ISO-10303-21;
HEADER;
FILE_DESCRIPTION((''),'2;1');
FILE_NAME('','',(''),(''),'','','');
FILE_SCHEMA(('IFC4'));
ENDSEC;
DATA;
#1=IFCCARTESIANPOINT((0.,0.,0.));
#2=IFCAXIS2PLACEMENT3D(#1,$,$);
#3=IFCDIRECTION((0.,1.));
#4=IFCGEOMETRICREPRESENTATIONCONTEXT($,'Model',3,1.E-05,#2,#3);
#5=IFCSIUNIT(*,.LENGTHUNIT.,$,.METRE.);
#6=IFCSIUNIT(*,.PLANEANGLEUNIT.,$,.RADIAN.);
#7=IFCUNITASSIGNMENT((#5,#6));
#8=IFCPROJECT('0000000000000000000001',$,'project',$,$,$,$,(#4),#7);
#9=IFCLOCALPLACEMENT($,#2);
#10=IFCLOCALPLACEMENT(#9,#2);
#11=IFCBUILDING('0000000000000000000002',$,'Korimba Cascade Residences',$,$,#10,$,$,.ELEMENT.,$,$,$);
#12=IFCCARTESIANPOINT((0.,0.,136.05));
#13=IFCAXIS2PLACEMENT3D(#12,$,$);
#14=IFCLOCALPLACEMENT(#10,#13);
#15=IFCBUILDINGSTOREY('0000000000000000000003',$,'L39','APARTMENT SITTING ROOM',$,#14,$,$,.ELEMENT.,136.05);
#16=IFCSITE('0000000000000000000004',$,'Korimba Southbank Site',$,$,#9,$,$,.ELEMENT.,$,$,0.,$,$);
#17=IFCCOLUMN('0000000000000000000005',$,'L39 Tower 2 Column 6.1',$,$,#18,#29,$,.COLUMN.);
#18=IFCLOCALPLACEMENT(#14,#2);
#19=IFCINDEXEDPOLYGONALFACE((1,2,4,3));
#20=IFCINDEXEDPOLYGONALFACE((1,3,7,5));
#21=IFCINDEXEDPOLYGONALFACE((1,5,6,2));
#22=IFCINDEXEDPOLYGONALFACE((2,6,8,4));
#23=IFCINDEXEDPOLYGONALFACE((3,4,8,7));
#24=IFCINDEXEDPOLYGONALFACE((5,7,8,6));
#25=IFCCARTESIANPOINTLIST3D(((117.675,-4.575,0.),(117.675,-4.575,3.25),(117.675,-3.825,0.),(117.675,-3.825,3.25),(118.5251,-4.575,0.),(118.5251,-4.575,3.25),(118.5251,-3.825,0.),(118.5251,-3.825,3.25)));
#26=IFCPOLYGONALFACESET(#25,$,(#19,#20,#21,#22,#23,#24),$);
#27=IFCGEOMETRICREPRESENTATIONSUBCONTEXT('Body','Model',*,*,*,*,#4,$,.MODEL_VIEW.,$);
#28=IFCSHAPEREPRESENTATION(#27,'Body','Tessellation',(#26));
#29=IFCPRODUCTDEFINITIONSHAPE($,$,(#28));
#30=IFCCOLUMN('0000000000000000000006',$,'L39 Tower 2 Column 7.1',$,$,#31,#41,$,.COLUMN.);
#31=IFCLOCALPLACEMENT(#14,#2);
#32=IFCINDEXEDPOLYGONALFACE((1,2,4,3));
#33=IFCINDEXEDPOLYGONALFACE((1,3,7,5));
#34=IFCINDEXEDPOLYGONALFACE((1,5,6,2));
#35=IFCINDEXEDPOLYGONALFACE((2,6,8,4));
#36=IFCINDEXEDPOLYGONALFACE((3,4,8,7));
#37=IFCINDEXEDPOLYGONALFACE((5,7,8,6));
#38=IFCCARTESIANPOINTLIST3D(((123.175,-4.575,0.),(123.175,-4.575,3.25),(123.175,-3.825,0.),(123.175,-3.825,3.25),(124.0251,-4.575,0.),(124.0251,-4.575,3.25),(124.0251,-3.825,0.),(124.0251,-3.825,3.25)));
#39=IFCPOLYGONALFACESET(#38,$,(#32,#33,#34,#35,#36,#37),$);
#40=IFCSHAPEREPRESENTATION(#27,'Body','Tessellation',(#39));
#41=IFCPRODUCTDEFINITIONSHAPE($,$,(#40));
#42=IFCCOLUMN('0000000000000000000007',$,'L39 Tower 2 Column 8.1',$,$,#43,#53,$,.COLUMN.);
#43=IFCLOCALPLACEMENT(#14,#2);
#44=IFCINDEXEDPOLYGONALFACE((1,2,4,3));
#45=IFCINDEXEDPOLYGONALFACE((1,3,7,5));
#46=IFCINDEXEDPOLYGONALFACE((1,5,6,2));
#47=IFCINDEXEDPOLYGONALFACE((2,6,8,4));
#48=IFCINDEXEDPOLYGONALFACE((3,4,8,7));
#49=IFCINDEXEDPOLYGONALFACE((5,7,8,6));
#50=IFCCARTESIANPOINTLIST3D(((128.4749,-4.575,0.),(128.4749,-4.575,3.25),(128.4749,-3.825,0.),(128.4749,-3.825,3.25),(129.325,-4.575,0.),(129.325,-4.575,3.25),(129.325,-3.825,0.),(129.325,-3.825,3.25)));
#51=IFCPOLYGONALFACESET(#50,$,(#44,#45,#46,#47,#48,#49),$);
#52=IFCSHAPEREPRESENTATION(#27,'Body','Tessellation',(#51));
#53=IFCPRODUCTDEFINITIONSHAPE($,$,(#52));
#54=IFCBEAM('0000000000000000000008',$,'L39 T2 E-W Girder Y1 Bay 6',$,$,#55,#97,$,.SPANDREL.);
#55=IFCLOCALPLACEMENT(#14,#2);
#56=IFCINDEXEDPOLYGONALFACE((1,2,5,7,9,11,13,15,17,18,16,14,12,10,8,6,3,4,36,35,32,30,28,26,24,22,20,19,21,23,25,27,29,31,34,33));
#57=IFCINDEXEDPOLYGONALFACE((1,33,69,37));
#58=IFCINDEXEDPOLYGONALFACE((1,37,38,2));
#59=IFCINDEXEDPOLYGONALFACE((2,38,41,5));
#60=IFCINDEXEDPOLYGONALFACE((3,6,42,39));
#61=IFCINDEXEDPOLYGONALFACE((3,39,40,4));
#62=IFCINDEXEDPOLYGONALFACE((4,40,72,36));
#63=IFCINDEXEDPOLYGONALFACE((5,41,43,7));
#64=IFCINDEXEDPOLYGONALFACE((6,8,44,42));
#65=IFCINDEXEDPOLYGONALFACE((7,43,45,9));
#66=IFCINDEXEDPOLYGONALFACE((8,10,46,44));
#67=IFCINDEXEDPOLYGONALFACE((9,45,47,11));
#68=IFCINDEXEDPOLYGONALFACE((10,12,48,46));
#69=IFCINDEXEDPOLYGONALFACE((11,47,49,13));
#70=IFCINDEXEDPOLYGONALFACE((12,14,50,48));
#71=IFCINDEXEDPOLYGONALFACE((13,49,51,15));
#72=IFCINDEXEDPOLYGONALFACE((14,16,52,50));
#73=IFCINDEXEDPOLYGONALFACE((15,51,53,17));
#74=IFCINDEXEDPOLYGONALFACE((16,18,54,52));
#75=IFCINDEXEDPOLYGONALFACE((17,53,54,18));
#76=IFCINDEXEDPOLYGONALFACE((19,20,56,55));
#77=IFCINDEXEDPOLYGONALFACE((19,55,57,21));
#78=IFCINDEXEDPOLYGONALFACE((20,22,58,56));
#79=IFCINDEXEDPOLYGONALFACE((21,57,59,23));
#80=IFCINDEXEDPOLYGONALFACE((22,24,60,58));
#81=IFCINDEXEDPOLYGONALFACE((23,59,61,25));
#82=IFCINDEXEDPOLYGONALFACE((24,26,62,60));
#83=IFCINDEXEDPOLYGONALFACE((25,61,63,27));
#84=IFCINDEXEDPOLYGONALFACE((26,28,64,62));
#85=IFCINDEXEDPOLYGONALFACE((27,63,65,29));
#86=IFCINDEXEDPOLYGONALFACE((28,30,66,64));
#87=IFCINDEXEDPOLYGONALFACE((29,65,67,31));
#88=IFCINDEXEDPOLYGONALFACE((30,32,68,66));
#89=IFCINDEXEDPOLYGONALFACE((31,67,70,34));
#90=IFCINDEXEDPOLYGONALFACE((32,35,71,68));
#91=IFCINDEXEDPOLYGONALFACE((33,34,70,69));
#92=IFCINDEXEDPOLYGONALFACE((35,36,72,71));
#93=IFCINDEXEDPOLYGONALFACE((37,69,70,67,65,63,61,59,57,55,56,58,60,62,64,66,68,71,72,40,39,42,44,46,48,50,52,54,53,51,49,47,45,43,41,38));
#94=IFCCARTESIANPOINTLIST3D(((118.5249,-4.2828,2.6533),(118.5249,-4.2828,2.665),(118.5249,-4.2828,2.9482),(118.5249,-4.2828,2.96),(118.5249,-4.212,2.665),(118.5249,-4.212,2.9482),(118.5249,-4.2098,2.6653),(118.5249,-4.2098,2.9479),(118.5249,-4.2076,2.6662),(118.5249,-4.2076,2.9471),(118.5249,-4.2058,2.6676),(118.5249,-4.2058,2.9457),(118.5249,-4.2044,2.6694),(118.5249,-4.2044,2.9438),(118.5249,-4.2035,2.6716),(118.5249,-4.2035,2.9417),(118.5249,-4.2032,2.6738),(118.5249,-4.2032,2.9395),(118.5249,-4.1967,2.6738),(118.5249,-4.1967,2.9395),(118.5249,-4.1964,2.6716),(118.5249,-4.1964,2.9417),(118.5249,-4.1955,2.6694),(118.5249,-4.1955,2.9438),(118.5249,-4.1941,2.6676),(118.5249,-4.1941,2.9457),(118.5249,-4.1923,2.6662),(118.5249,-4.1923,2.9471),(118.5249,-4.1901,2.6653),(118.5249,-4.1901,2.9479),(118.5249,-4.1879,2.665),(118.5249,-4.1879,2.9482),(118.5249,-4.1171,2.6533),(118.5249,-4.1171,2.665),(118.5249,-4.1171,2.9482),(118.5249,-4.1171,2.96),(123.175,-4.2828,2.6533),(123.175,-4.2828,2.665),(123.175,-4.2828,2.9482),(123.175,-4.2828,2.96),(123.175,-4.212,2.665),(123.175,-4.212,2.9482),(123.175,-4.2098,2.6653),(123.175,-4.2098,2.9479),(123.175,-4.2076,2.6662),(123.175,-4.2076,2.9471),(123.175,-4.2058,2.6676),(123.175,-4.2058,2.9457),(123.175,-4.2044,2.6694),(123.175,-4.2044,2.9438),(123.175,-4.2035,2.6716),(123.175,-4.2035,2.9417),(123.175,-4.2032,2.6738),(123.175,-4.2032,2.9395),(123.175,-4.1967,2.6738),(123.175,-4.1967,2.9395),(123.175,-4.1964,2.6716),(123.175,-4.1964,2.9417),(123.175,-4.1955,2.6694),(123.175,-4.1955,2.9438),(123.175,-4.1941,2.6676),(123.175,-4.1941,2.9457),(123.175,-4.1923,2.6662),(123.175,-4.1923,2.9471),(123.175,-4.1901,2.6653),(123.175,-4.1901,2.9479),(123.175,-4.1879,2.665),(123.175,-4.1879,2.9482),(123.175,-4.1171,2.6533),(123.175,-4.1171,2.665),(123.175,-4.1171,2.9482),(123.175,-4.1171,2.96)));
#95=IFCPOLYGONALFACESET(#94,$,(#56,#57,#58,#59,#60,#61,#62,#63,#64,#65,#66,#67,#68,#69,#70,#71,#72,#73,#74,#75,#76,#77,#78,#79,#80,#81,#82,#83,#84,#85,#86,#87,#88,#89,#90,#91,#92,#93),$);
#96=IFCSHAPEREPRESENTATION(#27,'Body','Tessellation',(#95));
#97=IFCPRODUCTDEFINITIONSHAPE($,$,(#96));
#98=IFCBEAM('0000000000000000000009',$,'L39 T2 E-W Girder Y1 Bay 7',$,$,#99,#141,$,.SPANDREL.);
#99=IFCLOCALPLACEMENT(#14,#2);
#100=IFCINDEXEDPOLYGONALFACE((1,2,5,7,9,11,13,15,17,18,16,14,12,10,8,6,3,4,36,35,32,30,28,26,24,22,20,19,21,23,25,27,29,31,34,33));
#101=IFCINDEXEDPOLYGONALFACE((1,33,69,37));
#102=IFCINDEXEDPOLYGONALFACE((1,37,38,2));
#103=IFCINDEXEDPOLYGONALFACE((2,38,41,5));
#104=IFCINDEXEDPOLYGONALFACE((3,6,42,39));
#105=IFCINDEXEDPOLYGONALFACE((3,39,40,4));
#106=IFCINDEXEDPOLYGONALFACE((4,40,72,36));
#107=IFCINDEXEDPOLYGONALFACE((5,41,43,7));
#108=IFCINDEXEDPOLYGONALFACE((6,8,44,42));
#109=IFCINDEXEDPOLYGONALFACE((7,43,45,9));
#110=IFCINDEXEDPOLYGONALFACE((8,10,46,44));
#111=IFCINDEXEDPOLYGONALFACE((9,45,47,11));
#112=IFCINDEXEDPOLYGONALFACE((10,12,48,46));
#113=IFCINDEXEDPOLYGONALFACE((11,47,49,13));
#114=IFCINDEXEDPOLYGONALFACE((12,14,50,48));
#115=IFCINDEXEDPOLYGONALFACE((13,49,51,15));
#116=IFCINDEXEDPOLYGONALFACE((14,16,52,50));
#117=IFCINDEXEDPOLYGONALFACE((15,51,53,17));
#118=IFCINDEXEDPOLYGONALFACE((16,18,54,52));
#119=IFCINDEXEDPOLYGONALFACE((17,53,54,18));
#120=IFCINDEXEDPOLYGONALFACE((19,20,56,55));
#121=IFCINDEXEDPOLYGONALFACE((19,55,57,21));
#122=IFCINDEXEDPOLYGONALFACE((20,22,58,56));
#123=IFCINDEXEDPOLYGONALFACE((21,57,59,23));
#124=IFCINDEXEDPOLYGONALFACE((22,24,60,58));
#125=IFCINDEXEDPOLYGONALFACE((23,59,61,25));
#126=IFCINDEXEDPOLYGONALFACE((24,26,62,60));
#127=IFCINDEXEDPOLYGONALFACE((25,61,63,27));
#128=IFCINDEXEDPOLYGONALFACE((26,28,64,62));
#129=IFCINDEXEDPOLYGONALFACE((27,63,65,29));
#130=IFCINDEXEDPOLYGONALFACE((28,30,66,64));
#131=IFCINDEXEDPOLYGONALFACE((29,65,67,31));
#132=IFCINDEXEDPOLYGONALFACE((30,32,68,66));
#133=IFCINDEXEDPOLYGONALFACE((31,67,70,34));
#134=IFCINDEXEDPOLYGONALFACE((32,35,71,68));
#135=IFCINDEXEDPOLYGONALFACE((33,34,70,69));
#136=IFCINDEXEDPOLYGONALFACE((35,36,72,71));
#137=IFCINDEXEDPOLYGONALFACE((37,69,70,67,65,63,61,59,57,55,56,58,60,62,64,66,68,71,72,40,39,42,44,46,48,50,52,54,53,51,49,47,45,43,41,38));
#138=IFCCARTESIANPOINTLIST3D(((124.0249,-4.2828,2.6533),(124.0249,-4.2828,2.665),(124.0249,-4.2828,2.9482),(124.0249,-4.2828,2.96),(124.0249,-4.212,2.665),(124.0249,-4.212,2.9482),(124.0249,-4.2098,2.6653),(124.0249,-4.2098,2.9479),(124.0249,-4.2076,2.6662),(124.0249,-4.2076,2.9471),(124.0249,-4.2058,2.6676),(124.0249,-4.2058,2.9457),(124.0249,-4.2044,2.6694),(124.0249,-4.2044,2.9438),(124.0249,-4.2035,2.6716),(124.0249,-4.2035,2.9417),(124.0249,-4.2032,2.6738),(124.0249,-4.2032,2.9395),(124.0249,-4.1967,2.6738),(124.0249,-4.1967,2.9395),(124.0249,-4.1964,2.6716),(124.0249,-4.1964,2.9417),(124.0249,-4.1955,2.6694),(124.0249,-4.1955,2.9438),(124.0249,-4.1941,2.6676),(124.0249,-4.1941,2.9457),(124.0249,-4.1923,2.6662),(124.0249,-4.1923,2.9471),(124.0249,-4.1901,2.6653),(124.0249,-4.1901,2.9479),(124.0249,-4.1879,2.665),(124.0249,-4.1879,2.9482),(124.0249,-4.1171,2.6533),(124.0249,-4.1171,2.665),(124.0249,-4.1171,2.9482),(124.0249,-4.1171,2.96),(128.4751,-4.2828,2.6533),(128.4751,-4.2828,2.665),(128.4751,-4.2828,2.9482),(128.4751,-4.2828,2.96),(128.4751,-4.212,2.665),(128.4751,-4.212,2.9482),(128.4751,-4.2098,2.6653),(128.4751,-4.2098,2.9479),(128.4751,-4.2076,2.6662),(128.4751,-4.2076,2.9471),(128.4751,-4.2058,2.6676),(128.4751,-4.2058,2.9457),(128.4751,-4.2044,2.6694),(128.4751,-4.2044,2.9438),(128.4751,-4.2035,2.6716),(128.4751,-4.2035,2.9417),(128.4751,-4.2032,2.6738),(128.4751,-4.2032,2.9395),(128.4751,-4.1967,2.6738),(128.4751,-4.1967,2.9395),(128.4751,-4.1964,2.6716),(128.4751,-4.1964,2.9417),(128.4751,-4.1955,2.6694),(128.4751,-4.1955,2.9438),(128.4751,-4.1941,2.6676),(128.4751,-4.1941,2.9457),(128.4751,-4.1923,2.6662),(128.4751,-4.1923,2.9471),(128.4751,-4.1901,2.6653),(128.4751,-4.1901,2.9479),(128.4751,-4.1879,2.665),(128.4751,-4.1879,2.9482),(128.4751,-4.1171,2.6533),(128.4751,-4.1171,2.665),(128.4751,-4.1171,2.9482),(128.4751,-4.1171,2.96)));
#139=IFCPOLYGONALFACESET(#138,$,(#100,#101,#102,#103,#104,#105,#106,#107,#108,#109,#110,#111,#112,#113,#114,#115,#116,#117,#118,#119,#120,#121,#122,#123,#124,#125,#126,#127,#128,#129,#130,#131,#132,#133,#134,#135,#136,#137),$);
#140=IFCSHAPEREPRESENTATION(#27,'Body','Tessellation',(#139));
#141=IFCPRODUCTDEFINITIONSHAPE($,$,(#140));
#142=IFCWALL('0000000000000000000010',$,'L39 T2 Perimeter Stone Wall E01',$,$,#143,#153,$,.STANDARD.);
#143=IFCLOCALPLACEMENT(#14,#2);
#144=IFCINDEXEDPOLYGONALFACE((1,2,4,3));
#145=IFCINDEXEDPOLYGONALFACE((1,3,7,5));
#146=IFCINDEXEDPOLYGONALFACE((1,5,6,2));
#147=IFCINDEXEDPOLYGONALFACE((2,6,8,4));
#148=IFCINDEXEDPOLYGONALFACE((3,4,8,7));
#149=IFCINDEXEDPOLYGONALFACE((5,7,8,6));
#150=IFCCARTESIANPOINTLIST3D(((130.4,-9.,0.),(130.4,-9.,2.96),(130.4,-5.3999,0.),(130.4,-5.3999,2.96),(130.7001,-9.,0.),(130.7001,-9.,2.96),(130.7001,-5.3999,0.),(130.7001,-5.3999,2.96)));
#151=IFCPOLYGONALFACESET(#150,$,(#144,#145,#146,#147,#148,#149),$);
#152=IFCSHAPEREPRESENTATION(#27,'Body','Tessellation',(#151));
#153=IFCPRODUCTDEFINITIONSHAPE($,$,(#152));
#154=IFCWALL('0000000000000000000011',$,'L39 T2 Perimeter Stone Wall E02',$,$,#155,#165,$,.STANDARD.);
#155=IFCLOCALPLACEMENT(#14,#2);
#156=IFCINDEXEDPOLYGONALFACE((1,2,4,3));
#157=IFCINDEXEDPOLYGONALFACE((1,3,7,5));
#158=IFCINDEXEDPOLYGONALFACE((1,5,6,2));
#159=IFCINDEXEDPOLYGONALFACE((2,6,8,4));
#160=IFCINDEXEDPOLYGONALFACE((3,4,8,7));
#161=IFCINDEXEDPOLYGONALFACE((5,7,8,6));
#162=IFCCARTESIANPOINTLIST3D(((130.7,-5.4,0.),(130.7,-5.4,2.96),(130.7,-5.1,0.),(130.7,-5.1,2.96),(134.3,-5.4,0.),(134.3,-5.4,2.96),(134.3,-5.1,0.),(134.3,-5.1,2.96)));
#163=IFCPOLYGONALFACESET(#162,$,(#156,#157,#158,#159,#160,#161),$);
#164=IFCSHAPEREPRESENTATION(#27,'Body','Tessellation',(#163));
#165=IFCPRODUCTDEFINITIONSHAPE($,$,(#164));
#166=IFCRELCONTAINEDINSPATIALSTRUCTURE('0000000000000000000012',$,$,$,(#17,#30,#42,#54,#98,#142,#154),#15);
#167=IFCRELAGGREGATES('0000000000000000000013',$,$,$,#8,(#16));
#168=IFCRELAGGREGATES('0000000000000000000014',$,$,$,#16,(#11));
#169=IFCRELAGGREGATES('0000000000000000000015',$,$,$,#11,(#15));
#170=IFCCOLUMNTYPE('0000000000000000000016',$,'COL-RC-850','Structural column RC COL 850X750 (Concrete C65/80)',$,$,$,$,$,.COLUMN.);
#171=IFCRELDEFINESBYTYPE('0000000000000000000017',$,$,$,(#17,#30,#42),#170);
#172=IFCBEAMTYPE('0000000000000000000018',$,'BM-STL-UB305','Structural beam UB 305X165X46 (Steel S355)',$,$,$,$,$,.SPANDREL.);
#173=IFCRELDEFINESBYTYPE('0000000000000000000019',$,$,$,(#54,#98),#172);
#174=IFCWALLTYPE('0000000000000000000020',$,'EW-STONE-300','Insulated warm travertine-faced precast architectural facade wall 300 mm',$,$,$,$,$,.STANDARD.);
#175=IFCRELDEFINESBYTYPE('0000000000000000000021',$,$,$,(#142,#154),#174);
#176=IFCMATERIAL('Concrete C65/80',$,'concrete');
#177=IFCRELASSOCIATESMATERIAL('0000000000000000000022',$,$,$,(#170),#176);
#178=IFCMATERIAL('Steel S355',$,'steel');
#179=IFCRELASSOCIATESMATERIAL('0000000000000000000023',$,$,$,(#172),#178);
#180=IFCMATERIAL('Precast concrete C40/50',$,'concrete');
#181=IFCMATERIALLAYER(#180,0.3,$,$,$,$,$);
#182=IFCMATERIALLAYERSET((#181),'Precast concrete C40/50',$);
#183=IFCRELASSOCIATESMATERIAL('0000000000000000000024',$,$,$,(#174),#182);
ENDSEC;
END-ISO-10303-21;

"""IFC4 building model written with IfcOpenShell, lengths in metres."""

from ifc_helpers import new_model, si_unit, direction, frame, frame_2d, origin, origin_2d, place, context, subcontext, project, spatial, rectangle, i_section, extrude, material, layer, layer_set, material_profile, profile_set, type_object, element, save


model = new_model("IFC4")

# Units and contexts
model_context = context("Model", 3, precision=1e-05, world=origin(), true_north=direction((0.0, 1.0)))
body_context = subcontext(model_context, "Body", "Model", "MODEL_VIEW")
ifc_project = project(units=[si_unit("LENGTHUNIT", "METRE"), si_unit("PLANEANGLEUNIT", "RADIAN")], contexts=[model_context])

# Site, building, storey
site_placement = place(None, origin())
site = spatial("IfcSite", under=ifc_project, at=site_placement, Name="Korimba Southbank Site", CompositionType="ELEMENT", RefElevation=0.0)
building_placement = place(site_placement, origin())
building = spatial("IfcBuilding", under=site, at=building_placement, Name="Korimba Cascade Residences", CompositionType="ELEMENT")
storey_placement = place(building_placement, frame((0.0, 0.0, 136.05)))
storey = spatial("IfcBuildingStorey", under=building, at=storey_placement, Name="L39", Description="APARTMENT SITTING ROOM", CompositionType="ELEMENT", Elevation=136.05)

# Columns
ifc_material_1 = material(Name="Concrete C65/80", Category="concrete")
ifc_material_profile_1 = material_profile(ifc_material_1, rectangle(XDim=0.8501, YDim=0.75, at=origin_2d()), Name="Concrete C65/80")
ifc_profile_set_1 = profile_set([ifc_material_profile_1], Name="Concrete C65/80")
column_type = type_object("IfcColumnType", Name="COL-RC-850", Description="Structural column RC COL 850X750 (Concrete C65/80)", PredefinedType="COLUMN", material=ifc_profile_set_1)
for number, where, z_axis, x_axis, name in (
    (1, (118.1001, -4.2, 0.0), (0.0, 0.0, 1.0), (1.0, 0.0, 0.0), "L39 Tower 2 Column 6.1"),
    (2, (123.6001, -4.2, 0.0), (0.0, 0.0, 1.0), (1.0, 0.0, 0.0), "L39 Tower 2 Column 7.1"),
    (3, (128.8999, -4.2, 0.0), (0.0, 0.0, 1.0), (1.0, 0.0, 0.0), "L39 Tower 2 Column 8.1"),
):
    element("IfcColumn", number, at=place(storey_placement, frame(where, z_axis=z_axis, x_axis=x_axis)), inside=storey, type_object=column_type, Name=name, PredefinedType="COLUMN", context=body_context, shape_type="SweptSolid", body=[
        extrude(rectangle(XDim=0.8501, YDim=0.75, at=origin_2d()), origin(), (0.0, 0.0, 1.0), 3.25),
    ])

# Beams
ifc_material_2 = material(Name="Steel S355", Category="steel")
ifc_material_profile_2 = material_profile(ifc_material_2, i_section(OverallWidth=0.1658, OverallDepth=0.3066, WebThickness=0.0066, FlangeThickness=0.0117, FilletRadius=0.0088, at=origin_2d()), Name="Steel S355")
ifc_profile_set_2 = profile_set([ifc_material_profile_2], Name="Steel S355")
beam_type = type_object("IfcBeamType", Name="BM-STL-UB305", Description="Structural beam UB 305X165X46 (Steel S355)", PredefinedType="SPANDREL", material=ifc_profile_set_2)
beam_1_placement = place(storey_placement, frame((118.5249, -4.2, 2.8066), z_axis=(1.0, 0.0, 0.0), x_axis=(0.0, 1.0, 0.0)))
element("IfcBeam", 4, at=beam_1_placement, inside=storey, type_object=beam_type, Name="L39 T2 E-W Girder Y1 Bay 6", PredefinedType="SPANDREL", context=body_context, shape_type="SweptSolid", body=[
    extrude(i_section(OverallWidth=0.1658, OverallDepth=0.3066, WebThickness=0.0066, FlangeThickness=0.0117, FilletRadius=0.0088, at=origin_2d()), origin(), (0.0, 0.0, 1.0), 4.6501),
])
beam_2_placement = place(storey_placement, frame((124.0249, -4.2, 2.8066), z_axis=(1.0, 0.0, 0.0), x_axis=(0.0, 1.0, 0.0)))
element("IfcBeam", 5, at=beam_2_placement, inside=storey, type_object=beam_type, Name="L39 T2 E-W Girder Y1 Bay 7", PredefinedType="SPANDREL", context=body_context, shape_type="SweptSolid", body=[
    extrude(i_section(OverallWidth=0.1658, OverallDepth=0.3066, WebThickness=0.0066, FlangeThickness=0.0117, FilletRadius=0.0088, at=origin_2d()), origin(), (0.0, 0.0, 1.0), 4.4502),
])

# Walls
ifc_material_3 = material(Name="Precast concrete C40/50", Category="concrete")
ifc_layer_1 = layer(ifc_material_3, 0.3)
ifc_layer_set_1 = layer_set([ifc_layer_1], Name="Precast concrete C40/50")
wall_type_1 = type_object("IfcWallType", Name="EW-STONE-300", Description="Insulated warm travertine-faced precast architectural facade wall 300 mm", PredefinedType="STANDARD", material=ifc_layer_set_1)
for number, where, z_axis, x_axis, name in (
    (6, (130.55, -9.0, 0.0), (0.0, 0.0, 1.0), (0.0, 1.0, 0.0), "L39 T2 Perimeter Stone Wall E01"),
    (7, (130.7, -5.25, 0.0), (0.0, 0.0, 1.0), (1.0, 0.0, 0.0), "L39 T2 Perimeter Stone Wall E02"),
):
    element("IfcWall", number, at=place(storey_placement, frame(where, z_axis=z_axis, x_axis=x_axis)), inside=storey, type_object=wall_type_1, Name=name, PredefinedType="STANDARD", context=body_context, shape_type="SweptSolid", body=[
        extrude(rectangle(XDim=3.6001, YDim=0.3, at=frame_2d((1.8, 0.0))), origin(), (0.0, 0.0, 1.0), 2.96),
    ])

save(model, "model.ifc")
